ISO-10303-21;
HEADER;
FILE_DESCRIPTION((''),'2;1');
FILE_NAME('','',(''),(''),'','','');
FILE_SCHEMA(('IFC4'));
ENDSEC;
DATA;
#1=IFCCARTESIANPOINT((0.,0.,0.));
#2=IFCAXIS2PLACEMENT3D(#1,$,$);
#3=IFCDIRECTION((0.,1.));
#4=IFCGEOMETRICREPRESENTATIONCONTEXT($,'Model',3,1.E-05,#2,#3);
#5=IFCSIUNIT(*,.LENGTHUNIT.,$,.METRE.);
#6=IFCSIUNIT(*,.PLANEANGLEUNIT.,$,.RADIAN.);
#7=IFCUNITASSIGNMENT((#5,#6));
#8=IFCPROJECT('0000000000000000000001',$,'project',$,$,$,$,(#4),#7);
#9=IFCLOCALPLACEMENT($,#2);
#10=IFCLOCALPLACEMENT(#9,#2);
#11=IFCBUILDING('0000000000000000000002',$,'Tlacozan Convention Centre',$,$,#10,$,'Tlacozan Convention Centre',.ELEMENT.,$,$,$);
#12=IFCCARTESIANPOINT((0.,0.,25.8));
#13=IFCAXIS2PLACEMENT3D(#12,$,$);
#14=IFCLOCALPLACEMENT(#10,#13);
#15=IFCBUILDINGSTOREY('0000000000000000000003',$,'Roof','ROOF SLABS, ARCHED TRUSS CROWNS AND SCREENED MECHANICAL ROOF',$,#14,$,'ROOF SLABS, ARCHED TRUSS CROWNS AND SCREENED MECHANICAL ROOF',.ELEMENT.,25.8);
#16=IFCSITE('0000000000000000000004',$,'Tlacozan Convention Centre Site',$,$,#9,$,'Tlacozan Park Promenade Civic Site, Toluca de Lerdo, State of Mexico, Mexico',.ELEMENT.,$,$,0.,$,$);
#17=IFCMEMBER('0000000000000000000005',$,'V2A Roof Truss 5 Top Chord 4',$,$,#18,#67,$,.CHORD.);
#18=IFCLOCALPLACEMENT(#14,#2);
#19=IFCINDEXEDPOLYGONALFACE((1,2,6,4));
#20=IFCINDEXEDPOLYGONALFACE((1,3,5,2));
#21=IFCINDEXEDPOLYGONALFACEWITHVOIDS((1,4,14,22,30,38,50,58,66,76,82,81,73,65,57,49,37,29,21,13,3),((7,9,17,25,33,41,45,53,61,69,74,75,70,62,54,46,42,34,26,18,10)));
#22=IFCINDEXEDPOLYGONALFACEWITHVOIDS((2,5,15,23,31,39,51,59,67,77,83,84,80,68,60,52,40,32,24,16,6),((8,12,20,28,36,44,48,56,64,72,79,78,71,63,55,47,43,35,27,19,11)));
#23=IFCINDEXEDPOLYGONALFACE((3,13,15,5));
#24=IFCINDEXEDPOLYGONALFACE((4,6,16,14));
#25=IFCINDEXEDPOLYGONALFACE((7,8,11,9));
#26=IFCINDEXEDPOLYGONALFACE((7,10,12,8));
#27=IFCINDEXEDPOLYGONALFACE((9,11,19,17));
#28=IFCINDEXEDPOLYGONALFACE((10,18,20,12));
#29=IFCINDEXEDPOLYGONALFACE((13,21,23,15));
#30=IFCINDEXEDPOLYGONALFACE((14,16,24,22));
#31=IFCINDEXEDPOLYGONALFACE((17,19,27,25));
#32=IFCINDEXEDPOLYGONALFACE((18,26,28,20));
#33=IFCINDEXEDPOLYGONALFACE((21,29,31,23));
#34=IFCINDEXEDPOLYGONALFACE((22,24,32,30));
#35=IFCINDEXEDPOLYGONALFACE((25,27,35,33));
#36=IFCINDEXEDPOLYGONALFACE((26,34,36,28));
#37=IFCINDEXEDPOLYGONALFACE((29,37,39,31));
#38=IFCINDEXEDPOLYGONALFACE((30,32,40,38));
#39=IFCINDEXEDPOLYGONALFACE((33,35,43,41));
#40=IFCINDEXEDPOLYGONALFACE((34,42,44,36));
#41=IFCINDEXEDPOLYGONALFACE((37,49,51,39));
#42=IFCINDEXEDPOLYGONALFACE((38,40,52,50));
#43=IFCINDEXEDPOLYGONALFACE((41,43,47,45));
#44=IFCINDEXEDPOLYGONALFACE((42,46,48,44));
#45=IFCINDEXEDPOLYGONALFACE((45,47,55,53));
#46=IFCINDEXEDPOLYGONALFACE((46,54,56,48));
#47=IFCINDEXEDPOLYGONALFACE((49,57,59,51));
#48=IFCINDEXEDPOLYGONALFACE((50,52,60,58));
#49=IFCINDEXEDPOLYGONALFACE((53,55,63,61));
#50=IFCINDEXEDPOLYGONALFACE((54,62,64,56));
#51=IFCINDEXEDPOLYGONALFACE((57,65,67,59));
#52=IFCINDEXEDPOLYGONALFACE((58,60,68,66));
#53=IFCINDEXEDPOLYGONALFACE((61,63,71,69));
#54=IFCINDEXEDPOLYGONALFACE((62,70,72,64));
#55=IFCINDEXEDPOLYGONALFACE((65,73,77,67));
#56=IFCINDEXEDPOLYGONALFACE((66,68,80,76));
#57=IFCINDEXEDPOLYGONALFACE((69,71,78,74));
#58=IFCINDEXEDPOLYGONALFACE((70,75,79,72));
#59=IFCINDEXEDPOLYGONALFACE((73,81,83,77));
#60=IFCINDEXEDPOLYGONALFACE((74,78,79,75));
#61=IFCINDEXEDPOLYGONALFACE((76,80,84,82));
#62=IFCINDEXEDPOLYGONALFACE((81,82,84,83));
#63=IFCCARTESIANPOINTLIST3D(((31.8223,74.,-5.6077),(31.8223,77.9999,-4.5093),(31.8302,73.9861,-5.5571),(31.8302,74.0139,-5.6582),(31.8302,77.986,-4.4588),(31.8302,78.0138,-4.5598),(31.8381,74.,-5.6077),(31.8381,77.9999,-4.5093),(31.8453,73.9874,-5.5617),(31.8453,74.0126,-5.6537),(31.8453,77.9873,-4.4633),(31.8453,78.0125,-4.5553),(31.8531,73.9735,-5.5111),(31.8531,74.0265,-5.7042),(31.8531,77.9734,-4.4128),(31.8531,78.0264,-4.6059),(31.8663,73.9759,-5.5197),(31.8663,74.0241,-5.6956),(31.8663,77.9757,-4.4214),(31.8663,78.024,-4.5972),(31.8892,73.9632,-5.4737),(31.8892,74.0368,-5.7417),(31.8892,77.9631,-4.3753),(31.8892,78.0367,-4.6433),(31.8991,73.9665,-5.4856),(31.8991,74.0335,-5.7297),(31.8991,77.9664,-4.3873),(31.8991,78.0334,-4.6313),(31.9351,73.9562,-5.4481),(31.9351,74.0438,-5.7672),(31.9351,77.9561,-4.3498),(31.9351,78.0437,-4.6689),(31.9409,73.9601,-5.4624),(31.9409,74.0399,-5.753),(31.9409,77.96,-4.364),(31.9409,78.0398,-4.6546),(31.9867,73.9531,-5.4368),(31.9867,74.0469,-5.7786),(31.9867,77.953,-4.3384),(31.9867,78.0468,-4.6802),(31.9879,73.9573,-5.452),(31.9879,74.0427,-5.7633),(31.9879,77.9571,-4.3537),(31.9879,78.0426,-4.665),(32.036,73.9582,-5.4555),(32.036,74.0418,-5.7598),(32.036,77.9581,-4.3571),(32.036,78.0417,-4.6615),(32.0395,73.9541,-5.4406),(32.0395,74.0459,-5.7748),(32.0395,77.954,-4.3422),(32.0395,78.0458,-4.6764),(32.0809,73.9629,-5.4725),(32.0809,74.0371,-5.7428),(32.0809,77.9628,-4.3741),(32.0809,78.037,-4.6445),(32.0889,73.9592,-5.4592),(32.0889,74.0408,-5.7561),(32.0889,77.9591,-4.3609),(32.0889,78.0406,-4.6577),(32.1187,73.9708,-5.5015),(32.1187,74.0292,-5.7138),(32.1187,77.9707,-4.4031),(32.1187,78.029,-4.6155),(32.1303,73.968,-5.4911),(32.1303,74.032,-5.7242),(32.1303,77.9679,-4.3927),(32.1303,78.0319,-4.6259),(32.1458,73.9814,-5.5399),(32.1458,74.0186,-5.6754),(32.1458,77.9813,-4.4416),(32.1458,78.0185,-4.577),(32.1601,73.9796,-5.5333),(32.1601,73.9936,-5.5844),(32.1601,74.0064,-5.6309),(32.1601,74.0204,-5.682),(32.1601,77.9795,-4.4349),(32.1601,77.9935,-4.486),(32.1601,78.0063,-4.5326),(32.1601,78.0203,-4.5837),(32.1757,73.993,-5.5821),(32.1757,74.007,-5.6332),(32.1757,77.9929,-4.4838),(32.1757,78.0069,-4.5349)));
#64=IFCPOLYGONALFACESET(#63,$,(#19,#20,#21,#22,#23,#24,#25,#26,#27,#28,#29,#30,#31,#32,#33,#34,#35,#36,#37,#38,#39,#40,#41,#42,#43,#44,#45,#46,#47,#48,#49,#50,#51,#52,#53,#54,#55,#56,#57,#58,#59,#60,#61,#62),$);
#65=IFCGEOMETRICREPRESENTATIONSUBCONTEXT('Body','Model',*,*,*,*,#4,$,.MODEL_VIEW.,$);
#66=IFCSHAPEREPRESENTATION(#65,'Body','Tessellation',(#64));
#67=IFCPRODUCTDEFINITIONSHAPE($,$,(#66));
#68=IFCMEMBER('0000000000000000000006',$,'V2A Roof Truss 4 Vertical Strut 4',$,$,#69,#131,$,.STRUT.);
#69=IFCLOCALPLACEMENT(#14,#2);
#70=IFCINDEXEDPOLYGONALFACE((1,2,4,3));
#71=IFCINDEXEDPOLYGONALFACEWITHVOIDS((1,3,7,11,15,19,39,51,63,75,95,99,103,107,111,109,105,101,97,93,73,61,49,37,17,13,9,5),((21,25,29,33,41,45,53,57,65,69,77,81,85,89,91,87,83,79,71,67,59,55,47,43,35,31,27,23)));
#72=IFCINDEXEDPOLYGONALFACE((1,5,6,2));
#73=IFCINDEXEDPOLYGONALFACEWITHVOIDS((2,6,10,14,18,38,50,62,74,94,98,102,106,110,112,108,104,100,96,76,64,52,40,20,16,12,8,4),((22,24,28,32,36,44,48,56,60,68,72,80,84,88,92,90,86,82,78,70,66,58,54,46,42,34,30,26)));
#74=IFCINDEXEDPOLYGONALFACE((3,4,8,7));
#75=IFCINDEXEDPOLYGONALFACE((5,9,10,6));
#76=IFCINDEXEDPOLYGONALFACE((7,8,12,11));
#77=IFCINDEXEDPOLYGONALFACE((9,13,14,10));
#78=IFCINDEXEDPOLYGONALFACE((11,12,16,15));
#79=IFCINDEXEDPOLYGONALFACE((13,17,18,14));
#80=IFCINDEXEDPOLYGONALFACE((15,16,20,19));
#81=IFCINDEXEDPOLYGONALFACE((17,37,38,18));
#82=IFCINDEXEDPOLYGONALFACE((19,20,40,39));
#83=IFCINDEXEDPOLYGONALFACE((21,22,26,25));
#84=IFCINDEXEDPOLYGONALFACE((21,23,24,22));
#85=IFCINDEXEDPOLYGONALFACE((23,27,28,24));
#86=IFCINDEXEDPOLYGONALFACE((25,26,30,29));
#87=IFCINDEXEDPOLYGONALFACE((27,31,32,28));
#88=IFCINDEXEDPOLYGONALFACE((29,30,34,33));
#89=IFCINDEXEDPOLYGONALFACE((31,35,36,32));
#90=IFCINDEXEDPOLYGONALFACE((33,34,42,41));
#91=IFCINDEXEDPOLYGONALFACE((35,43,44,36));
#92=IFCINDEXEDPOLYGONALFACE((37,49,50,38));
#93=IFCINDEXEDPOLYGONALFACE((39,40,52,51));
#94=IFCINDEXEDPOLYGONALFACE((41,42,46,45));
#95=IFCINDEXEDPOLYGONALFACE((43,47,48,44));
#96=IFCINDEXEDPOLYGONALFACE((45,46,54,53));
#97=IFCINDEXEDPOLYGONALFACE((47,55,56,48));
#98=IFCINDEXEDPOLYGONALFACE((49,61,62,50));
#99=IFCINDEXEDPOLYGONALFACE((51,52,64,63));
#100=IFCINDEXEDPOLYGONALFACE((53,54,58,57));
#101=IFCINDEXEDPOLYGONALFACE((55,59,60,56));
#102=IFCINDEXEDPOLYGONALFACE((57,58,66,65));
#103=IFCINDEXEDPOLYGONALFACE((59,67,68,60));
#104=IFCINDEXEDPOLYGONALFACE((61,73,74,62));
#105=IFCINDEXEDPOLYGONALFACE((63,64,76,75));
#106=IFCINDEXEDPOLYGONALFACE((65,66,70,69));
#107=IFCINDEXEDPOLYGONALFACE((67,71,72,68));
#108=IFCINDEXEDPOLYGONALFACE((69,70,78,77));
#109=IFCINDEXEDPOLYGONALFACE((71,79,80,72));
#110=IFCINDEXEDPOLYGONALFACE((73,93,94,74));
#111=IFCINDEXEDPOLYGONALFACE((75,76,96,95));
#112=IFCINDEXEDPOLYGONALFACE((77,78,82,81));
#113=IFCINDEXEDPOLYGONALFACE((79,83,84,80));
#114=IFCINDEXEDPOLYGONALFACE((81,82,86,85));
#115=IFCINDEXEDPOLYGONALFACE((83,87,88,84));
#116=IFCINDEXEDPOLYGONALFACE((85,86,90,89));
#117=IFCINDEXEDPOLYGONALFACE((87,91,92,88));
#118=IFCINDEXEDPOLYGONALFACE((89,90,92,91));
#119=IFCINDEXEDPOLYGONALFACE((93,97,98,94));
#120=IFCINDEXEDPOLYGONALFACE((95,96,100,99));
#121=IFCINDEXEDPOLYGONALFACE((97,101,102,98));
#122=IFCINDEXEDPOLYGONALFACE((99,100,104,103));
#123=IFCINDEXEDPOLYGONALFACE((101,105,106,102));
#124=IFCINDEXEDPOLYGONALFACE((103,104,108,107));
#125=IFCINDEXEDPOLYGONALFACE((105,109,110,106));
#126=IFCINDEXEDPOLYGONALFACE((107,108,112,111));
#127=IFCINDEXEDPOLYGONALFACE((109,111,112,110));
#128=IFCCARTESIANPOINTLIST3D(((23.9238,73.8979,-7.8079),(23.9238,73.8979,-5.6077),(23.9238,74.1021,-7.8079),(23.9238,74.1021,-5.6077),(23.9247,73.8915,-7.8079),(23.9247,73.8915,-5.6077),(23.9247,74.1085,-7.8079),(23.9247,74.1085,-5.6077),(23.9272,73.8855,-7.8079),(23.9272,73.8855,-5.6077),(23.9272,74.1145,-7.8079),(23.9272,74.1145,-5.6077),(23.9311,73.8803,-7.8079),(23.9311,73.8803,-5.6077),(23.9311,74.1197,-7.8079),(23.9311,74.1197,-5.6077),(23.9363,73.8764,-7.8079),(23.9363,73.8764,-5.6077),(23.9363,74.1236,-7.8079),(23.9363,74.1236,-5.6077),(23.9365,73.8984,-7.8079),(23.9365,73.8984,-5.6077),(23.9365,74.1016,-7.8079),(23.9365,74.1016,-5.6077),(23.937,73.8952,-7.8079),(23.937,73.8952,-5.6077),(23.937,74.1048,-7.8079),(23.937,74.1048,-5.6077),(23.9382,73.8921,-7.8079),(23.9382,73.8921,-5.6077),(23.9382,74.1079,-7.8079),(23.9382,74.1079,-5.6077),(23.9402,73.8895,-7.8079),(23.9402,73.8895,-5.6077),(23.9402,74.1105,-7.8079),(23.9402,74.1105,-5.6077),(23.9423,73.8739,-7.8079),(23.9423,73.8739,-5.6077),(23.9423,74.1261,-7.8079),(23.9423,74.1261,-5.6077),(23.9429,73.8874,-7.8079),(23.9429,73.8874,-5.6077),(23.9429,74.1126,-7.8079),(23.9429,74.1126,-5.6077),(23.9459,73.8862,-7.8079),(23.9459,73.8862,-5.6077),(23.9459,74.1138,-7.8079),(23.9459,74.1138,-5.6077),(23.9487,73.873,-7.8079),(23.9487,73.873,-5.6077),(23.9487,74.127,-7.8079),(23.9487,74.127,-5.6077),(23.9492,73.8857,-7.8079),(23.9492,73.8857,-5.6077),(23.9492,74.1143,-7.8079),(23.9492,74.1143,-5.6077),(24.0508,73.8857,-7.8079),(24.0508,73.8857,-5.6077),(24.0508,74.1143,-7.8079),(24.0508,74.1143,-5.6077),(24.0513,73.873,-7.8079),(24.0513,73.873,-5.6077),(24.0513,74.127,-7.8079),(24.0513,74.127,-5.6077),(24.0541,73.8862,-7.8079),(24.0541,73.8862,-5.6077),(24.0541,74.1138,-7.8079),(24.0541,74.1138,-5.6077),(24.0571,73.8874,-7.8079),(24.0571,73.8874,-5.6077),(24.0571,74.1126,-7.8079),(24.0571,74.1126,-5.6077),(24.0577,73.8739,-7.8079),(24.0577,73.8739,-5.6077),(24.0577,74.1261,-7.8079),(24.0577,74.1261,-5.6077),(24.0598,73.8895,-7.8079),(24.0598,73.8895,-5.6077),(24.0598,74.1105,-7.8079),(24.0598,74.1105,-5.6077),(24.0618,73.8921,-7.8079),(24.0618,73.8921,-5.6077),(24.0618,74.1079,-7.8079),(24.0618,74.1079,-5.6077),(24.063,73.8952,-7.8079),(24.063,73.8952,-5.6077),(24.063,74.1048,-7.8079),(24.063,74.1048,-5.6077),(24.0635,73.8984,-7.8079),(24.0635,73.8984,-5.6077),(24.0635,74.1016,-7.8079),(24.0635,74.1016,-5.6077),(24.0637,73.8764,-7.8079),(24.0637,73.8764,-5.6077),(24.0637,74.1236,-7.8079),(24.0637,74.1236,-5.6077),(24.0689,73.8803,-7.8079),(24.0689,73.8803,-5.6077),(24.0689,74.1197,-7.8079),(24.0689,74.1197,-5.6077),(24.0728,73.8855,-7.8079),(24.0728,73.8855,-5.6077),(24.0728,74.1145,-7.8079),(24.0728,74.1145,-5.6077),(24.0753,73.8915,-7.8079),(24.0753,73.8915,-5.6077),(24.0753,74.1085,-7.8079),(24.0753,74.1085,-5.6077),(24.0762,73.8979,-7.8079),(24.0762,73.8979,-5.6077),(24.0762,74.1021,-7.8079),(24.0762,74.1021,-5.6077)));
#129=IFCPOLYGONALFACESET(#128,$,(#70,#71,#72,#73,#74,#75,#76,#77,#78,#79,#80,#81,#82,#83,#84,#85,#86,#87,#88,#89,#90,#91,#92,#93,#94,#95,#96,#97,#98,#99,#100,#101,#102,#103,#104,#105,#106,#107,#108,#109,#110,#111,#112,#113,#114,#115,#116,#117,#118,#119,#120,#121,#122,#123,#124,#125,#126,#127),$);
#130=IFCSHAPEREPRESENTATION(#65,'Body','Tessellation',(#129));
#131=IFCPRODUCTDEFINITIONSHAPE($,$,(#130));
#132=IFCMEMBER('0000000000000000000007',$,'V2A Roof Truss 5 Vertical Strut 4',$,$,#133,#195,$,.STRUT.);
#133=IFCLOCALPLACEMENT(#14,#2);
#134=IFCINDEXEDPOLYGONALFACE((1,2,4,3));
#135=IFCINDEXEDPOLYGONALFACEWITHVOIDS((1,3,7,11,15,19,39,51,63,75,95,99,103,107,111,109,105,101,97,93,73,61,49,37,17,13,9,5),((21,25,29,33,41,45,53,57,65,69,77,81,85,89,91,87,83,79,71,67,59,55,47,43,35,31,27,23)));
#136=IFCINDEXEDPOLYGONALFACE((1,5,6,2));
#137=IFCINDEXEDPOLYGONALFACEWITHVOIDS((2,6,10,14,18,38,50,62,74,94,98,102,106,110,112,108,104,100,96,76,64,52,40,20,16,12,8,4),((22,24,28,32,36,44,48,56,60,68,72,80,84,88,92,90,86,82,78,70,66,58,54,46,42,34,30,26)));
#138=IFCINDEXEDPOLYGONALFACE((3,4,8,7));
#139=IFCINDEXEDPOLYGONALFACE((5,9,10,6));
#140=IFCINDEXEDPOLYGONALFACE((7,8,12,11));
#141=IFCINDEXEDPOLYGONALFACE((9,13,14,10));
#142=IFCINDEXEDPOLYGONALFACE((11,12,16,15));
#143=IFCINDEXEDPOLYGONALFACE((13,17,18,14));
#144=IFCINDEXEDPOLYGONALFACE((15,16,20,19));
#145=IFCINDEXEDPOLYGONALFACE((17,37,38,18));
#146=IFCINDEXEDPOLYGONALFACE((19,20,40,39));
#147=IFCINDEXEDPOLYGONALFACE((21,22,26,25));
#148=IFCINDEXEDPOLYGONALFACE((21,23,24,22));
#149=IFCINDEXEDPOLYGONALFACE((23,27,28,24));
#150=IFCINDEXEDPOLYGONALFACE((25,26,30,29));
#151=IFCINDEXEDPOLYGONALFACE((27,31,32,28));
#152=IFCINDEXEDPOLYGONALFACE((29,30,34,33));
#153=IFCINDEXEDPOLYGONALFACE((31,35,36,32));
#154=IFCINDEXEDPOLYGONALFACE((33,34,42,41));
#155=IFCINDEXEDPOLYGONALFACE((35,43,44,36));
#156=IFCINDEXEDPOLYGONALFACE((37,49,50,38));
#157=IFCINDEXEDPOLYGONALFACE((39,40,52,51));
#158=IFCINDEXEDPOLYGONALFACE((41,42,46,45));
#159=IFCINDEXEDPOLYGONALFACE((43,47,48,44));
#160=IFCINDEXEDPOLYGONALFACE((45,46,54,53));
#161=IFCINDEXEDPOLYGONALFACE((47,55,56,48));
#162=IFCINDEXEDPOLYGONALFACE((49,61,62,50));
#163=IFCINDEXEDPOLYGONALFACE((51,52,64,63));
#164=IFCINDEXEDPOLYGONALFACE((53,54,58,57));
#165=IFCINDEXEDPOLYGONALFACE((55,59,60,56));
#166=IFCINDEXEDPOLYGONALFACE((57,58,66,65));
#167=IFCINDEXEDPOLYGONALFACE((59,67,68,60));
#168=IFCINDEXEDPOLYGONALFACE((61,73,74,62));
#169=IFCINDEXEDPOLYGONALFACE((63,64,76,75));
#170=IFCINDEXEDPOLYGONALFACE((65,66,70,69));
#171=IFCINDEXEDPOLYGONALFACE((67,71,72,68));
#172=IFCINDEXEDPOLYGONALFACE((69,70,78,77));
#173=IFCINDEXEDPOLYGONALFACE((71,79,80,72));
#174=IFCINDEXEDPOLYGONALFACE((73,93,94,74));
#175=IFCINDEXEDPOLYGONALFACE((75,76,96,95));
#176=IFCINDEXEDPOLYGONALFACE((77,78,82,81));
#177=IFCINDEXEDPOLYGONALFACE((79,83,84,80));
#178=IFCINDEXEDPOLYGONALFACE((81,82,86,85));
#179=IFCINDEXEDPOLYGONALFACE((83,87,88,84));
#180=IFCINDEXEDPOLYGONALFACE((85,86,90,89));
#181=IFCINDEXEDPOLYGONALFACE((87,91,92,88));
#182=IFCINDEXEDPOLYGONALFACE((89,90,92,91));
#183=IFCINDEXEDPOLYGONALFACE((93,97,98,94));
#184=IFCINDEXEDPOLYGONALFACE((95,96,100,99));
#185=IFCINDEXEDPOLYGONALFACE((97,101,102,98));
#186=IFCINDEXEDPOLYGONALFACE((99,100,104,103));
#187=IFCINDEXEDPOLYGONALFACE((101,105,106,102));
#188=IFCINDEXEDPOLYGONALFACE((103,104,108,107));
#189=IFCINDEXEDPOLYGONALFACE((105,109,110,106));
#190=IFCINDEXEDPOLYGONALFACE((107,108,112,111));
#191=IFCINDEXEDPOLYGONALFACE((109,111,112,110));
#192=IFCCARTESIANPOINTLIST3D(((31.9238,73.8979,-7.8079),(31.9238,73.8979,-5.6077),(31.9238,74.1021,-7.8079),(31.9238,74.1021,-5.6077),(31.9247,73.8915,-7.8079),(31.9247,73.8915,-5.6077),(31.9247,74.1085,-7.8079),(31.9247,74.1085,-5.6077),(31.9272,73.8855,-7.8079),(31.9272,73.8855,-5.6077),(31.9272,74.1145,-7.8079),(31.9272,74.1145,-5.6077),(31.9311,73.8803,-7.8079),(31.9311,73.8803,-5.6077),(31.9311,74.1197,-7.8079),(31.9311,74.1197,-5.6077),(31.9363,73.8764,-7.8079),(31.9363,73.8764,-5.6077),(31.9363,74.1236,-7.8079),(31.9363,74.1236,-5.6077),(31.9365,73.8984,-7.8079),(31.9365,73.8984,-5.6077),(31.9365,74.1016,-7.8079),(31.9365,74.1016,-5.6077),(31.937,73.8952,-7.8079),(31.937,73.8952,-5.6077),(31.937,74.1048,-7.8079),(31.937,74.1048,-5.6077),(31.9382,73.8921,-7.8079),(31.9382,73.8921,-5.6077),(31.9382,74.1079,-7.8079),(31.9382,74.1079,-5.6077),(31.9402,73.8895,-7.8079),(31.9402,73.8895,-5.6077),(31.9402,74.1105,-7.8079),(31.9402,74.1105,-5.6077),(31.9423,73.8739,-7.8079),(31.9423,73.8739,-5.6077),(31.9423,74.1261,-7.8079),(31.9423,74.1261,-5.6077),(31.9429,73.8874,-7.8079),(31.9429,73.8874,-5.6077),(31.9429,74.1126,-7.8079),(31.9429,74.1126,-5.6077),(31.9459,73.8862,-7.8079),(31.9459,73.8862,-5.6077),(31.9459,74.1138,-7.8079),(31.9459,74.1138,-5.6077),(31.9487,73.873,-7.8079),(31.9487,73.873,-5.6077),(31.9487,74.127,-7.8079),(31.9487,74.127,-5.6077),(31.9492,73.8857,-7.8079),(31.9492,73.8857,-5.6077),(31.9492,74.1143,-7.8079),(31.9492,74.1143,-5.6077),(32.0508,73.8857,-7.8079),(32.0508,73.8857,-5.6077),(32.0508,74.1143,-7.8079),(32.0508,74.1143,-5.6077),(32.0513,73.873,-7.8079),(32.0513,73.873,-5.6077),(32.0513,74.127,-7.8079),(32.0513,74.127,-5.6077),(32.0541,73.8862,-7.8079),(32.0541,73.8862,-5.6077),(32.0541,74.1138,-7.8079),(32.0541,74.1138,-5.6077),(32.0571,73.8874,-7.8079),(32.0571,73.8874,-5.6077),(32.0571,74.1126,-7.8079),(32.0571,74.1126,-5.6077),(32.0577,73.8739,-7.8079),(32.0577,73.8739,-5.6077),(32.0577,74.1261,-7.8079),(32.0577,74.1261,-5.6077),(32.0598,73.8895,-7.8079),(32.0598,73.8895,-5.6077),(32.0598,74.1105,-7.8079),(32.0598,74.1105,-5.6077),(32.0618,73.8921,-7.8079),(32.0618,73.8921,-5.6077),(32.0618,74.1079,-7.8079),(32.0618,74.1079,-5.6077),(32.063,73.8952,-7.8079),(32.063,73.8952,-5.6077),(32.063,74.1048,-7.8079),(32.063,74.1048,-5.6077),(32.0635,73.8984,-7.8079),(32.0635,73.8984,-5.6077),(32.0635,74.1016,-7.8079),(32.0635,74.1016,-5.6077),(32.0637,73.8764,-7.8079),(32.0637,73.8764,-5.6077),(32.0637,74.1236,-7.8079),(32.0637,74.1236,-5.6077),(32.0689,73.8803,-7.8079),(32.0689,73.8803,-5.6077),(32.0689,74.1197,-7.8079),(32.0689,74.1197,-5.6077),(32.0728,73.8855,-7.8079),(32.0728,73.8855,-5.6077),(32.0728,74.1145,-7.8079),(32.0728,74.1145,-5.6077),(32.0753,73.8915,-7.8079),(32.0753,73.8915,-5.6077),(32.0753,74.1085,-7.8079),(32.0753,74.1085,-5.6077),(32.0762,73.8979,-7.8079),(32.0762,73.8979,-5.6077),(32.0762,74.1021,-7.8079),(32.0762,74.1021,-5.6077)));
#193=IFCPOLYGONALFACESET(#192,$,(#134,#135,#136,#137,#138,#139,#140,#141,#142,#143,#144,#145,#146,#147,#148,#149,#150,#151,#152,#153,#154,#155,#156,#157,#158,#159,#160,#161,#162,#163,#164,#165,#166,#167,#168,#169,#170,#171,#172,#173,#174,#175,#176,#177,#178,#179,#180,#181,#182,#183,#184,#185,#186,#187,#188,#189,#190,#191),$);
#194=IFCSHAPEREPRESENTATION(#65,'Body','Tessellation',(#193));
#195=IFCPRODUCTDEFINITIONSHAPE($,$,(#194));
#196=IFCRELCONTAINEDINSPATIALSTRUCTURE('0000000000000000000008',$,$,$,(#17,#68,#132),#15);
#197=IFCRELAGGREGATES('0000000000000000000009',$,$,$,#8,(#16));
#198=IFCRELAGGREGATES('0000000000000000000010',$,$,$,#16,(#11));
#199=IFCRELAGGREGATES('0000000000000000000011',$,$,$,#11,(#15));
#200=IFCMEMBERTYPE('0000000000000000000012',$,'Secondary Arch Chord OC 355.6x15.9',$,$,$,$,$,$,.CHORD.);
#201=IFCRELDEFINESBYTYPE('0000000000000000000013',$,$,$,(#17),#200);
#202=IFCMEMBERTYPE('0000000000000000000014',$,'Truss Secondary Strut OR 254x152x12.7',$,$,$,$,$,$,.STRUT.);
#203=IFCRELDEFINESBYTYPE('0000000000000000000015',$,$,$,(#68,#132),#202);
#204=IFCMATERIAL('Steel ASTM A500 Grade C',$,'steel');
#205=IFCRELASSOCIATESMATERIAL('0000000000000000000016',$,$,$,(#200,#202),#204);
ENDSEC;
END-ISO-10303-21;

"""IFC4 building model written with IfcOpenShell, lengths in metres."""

from ifc_helpers import new_model, si_unit, direction, frame, origin, origin_2d, place, context, subcontext, project, spatial, hollow_rectangle, hollow_circle, extrude, material, material_profile, profile_set, type_object, element, save


model = new_model("IFC4")

# Units and contexts
model_context = context("Model", 3, precision=1e-05, world=origin(), true_north=direction((0.0, 1.0)))
body_context = subcontext(model_context, "Body", "Model", "MODEL_VIEW")
ifc_project = project(units=[si_unit("LENGTHUNIT", "METRE"), si_unit("PLANEANGLEUNIT", "RADIAN")], contexts=[model_context])

# Site, building, storey
site_placement = place(None, origin())
site = spatial("IfcSite", under=ifc_project, at=site_placement, Name="Tlacozan Convention Centre Site", LongName="Tlacozan Park Promenade Civic Site, Toluca de Lerdo, State of Mexico, Mexico", CompositionType="ELEMENT", RefElevation=0.0)
building_placement = place(site_placement, origin())
building = spatial("IfcBuilding", under=site, at=building_placement, Name="Tlacozan Convention Centre", LongName="Tlacozan Convention Centre", CompositionType="ELEMENT")
storey_placement = place(building_placement, frame((0.0, 0.0, 25.8)))
storey = spatial("IfcBuildingStorey", under=building, at=storey_placement, Name="Roof", Description="ROOF SLABS, ARCHED TRUSS CROWNS AND SCREENED MECHANICAL ROOF", LongName="ROOF SLABS, ARCHED TRUSS CROWNS AND SCREENED MECHANICAL ROOF", CompositionType="ELEMENT", Elevation=25.8)

# Members
ifc_material_1 = material(Name="Steel ASTM A500 Grade C", Category="steel")
ifc_material_profile_1 = material_profile(ifc_material_1, hollow_circle(Radius=0.1777, WallThickness=0.0159, at=origin_2d()), Name="OC 355.6x15.9")
ifc_profile_set_1 = profile_set([ifc_material_profile_1], Name="Steel ASTM A500 Grade C")
member_type_1 = type_object("IfcMemberType", Name="Secondary Arch Chord OC 355.6x15.9", PredefinedType="CHORD", material=ifc_profile_set_1)
member_1_placement = place(storey_placement, frame((32.0, 74.0, -5.6077), z_axis=(0.0, 0.964305, 0.264795), x_axis=(-1.0, 0.0, 0.0)))
element("IfcMember", 1, at=member_1_placement, inside=storey, type_object=member_type_1, Name="V2A Roof Truss 5 Top Chord 4", PredefinedType="CHORD", context=body_context, shape_type="SweptSolid", body=[
    extrude(hollow_circle(Radius=0.1777, WallThickness=0.0159, at=origin_2d()), origin(), (0.0, 0.0, 1.0), 4.1479),
])
ifc_material_profile_2 = material_profile(ifc_material_1, hollow_rectangle(XDim=0.1523, YDim=0.2539, WallThickness=0.0127, InnerFilletRadius=0.0127, OuterFilletRadius=0.0249, at=origin_2d()), Name="OR 254x152x12.7")
ifc_profile_set_2 = profile_set([ifc_material_profile_2], Name="Steel ASTM A500 Grade C")
member_type_2 = type_object("IfcMemberType", Name="Truss Secondary Strut OR 254x152x12.7", PredefinedType="STRUT", material=ifc_profile_set_2)
for number, where, z_axis, x_axis, name in (
    (2, (24.0, 74.0, -7.8079), (0.0, 0.0, 1.0), (1.0, 0.0, 0.0), "V2A Roof Truss 4 Vertical Strut 4"),
    (3, (32.0, 74.0, -7.8079), (0.0, 0.0, 1.0), (1.0, 0.0, 0.0), "V2A Roof Truss 5 Vertical Strut 4"),
):
    element("IfcMember", number, at=place(storey_placement, frame(where, z_axis=z_axis, x_axis=x_axis)), inside=storey, type_object=member_type_2, Name=name, PredefinedType="STRUT", context=body_context, shape_type="SweptSolid", body=[
        extrude(hollow_rectangle(XDim=0.1523, YDim=0.2539, WallThickness=0.0127, InnerFilletRadius=0.0127, OuterFilletRadius=0.0249, at=origin_2d()), origin(), (0.0, 0.0, 1.0), 2.2002),
    ])

save(model, "model.ifc")
